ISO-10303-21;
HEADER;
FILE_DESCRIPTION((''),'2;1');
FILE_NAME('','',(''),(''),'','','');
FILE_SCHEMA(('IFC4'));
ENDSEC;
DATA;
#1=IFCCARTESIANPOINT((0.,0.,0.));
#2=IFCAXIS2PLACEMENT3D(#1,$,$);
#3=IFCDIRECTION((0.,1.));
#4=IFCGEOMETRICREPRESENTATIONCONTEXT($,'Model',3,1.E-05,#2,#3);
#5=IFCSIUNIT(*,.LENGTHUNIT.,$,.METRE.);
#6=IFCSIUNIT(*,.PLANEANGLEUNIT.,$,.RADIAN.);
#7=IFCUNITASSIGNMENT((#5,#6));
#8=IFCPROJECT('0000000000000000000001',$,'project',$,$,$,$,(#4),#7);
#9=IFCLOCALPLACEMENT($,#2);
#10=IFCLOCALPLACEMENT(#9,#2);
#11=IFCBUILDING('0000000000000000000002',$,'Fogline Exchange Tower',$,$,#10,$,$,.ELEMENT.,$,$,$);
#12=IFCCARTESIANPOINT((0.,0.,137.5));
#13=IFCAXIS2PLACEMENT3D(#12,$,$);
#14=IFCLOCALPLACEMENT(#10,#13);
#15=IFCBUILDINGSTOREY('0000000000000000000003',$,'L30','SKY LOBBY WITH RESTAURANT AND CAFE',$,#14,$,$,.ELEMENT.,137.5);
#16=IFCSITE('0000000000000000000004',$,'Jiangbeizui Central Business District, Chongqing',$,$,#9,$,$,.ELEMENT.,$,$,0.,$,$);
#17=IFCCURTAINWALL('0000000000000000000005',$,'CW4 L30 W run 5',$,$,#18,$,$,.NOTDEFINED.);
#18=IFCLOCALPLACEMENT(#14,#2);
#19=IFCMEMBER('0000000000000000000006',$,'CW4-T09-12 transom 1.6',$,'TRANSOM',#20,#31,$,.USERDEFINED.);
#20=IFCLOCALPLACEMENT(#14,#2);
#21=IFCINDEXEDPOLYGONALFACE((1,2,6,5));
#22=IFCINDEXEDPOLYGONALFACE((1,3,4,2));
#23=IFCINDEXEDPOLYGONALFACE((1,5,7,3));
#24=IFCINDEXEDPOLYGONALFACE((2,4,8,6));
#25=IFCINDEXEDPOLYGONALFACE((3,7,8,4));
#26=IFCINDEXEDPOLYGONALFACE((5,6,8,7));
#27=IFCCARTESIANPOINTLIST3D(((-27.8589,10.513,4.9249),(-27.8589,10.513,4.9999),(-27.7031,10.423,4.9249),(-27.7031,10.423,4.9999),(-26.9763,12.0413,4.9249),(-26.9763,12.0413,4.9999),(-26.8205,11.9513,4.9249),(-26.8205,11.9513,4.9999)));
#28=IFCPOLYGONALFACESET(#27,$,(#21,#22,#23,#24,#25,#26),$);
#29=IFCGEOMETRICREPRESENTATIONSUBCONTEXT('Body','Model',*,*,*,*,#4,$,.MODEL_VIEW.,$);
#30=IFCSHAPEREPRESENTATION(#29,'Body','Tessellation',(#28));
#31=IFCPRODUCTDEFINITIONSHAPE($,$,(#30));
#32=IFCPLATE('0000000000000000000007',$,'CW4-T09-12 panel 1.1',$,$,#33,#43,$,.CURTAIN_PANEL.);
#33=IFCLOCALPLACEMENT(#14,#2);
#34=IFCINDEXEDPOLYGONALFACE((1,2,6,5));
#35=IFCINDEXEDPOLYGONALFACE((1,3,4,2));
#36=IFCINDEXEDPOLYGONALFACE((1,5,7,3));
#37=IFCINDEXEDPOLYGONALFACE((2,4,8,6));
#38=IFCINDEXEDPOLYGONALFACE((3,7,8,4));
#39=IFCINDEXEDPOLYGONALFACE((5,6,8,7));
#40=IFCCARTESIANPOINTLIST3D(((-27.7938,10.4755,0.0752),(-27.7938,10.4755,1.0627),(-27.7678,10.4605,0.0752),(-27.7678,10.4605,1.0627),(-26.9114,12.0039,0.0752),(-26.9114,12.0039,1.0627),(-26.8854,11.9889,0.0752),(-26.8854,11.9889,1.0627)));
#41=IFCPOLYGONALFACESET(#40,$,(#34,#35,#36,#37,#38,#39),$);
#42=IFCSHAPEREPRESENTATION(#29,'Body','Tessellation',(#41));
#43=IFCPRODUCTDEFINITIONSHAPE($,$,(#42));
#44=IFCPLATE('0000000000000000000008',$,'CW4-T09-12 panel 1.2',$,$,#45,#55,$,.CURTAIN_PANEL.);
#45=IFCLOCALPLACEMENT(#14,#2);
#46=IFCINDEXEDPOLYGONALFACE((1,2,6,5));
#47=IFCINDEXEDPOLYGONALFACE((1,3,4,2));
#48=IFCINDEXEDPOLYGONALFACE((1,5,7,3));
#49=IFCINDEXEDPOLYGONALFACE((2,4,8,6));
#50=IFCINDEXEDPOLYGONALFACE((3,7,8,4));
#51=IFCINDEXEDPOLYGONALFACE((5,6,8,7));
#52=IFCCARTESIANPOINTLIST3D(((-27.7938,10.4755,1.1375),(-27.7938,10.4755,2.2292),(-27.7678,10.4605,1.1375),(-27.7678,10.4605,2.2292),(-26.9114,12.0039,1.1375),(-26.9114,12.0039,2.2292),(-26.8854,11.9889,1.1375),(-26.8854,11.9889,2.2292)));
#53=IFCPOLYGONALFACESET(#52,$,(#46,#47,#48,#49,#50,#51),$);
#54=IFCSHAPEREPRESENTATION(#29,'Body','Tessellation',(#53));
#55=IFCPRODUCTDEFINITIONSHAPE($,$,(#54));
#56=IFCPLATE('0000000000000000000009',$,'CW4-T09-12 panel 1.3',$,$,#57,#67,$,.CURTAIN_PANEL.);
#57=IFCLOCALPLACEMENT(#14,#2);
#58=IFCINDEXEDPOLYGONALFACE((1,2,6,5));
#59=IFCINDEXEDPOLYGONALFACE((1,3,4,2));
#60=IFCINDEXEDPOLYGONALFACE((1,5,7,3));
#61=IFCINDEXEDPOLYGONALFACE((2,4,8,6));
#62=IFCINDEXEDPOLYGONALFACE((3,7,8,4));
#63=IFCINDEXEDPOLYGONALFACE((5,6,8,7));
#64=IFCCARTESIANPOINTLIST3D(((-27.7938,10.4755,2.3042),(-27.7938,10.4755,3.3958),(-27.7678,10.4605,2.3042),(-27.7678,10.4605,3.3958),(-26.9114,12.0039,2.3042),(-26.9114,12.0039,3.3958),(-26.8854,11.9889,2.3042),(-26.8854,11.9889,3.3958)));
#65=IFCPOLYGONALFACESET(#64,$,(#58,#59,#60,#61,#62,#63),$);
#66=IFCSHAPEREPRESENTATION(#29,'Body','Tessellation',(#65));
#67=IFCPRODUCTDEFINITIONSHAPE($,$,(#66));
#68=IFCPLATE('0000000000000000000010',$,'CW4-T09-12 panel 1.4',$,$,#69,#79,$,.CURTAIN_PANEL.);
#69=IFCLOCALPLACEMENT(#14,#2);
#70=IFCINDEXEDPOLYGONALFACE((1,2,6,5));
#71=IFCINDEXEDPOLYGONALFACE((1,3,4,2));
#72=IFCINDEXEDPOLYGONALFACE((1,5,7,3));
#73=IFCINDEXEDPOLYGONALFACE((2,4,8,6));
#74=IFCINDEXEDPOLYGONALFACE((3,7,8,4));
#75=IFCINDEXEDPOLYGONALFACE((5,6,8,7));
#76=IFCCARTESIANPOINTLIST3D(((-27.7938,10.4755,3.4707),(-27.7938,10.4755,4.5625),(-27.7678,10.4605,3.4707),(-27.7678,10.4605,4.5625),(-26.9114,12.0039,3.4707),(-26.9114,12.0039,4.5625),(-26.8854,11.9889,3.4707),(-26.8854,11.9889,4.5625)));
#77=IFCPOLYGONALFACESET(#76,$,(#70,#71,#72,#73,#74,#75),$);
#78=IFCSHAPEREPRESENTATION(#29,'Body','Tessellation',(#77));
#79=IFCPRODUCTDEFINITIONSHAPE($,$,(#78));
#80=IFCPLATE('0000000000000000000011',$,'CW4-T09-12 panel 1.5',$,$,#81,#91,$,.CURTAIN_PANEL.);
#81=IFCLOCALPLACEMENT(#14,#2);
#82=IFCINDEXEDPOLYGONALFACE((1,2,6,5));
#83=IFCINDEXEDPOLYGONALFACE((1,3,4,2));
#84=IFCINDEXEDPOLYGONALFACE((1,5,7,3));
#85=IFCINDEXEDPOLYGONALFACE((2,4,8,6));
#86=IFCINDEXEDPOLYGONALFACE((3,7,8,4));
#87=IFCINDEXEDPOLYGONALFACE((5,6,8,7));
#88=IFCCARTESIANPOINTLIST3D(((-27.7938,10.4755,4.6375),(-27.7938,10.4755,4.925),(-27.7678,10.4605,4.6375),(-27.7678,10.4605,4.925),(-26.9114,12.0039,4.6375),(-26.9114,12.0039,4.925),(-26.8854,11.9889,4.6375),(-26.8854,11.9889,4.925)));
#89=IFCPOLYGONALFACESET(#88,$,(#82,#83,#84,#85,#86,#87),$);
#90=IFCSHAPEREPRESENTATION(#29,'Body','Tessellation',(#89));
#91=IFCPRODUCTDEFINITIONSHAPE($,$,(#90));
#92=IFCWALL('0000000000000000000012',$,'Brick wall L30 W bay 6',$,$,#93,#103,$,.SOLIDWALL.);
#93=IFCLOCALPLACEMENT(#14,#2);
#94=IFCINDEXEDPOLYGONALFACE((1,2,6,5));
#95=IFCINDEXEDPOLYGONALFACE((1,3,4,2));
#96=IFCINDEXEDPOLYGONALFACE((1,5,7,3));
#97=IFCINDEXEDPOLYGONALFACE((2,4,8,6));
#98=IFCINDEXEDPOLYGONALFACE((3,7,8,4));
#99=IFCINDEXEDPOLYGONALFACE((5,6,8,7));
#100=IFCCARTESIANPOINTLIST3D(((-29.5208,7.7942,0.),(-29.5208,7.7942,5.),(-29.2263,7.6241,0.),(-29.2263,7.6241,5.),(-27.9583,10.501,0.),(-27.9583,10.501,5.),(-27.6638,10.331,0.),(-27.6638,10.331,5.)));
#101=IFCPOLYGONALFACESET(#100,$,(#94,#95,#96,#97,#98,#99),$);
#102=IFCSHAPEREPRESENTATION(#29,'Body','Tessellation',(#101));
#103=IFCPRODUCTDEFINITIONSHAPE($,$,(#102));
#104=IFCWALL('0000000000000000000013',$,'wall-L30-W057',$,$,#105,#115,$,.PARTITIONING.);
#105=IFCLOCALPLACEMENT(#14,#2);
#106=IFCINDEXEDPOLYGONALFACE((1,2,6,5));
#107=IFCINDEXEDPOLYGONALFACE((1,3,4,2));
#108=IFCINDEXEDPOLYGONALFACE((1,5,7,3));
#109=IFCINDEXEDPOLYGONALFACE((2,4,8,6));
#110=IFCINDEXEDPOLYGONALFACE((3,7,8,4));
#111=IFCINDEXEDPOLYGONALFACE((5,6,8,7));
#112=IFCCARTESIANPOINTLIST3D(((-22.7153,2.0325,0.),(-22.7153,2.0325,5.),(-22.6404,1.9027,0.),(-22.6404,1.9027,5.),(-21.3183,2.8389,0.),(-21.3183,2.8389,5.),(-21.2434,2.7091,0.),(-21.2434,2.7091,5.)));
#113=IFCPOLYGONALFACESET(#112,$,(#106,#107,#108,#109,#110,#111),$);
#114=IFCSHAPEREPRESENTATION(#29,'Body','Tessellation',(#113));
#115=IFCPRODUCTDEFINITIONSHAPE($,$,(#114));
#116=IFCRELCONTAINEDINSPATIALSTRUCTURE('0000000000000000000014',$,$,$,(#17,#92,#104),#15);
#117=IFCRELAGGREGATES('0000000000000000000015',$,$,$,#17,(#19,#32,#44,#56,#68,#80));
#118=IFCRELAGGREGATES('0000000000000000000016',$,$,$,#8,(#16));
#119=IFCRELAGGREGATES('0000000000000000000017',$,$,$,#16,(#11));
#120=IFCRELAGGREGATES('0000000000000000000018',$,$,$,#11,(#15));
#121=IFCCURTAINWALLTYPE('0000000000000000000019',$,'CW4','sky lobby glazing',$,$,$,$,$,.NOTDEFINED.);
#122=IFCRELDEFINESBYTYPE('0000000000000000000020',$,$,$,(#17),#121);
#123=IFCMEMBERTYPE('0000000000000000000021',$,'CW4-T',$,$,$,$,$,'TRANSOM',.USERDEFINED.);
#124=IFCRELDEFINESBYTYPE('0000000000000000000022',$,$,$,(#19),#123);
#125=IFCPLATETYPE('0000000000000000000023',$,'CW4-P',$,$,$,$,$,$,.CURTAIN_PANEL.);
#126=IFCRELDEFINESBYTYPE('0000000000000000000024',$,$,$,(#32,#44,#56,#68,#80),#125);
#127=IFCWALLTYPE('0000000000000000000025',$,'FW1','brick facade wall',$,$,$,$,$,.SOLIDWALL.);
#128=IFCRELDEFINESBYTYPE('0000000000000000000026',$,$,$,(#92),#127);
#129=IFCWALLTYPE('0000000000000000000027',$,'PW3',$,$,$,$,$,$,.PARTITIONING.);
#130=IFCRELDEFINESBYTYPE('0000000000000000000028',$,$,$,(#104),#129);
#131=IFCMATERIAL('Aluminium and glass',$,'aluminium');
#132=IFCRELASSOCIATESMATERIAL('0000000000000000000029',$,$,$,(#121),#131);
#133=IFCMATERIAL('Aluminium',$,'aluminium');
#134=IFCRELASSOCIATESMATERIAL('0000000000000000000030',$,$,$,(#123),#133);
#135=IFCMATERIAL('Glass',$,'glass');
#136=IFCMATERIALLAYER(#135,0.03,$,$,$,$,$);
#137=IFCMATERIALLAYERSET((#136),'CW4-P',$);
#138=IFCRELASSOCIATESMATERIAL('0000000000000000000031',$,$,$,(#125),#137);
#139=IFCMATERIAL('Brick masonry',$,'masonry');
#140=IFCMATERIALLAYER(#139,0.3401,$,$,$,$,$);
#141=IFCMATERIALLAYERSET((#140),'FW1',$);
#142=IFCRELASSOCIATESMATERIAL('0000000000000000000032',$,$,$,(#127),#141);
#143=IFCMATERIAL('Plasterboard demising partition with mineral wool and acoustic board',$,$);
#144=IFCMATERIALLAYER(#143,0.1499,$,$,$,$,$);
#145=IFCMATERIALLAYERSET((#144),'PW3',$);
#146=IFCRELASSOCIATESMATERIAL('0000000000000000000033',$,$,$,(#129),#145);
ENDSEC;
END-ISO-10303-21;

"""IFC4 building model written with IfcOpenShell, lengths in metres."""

from ifc_helpers import new_model, si_unit, direction, frame, frame_2d, origin, origin_2d, place, context, subcontext, project, spatial, rectangle, extrude, material, layer, layer_set, material_profile, profile_set, type_object, element, aggregate, save


model = new_model("IFC4")

# Units and contexts
model_context = context("Model", 3, precision=1e-05, world=origin(), true_north=direction((0.0, 1.0)))
body_context = subcontext(model_context, "Body", "Model", "MODEL_VIEW")
ifc_project = project(units=[si_unit("LENGTHUNIT", "METRE"), si_unit("PLANEANGLEUNIT", "RADIAN")], contexts=[model_context])

# Site, building, storey
site_placement = place(None, origin())
site = spatial("IfcSite", under=ifc_project, at=site_placement, Name="Jiangbeizui Central Business District, Chongqing", CompositionType="ELEMENT", RefElevation=0.0)
building_placement = place(site_placement, origin())
building = spatial("IfcBuilding", under=site, at=building_placement, Name="Fogline Exchange Tower", CompositionType="ELEMENT")
storey_placement = place(building_placement, frame((0.0, 0.0, 137.5)))
storey = spatial("IfcBuildingStorey", under=building, at=storey_placement, Name="L30", Description="SKY LOBBY WITH RESTAURANT AND CAFE", CompositionType="ELEMENT", Elevation=137.5)

# Curtain wall, member, plates
ifc_material_1 = material(Name="Aluminium and glass", Category="aluminium")
curtain_wall_type = type_object("IfcCurtainWallType", Name="CW4", Description="sky lobby glazing", PredefinedType="NOTDEFINED", material=ifc_material_1)
curtain_wall_placement = place(storey_placement, origin())
curtain_wall = element("IfcCurtainWall", 1, at=curtain_wall_placement, inside=storey, type_object=curtain_wall_type, Name="CW4 L30 W run 5", PredefinedType="NOTDEFINED")
ifc_material_2 = material(Name="Aluminium", Category="aluminium")
ifc_material_profile_1 = material_profile(ifc_material_2, rectangle(XDim=0.1799, YDim=0.075, at=origin_2d()), Name="Transom 75x180")
ifc_profile_set_1 = profile_set([ifc_material_profile_1], Name="Aluminium")
member_type_1 = type_object("IfcMemberType", Name="CW4-T", ElementType="TRANSOM", PredefinedType="USERDEFINED", material=ifc_profile_set_1)
member_1_placement = place(storey_placement, frame((-26.8984, 11.9963, 4.9624), z_axis=(-0.500082, -0.865978, 0.0), x_axis=(0.865978, -0.500082, 0.0)))
member_1 = element("IfcMember", 2, at=member_1_placement, type_object=member_type_1, Name="CW4-T09-12 transom 1.6", ObjectType="TRANSOM", PredefinedType="USERDEFINED", context=body_context, shape_type="SweptSolid", body=[
    extrude(rectangle(XDim=0.1799, YDim=0.075, at=origin_2d()), origin(), (0.0, 0.0, 1.0), 1.7649),
])
ifc_material_3 = material(Name="Glass", Category="glass")
ifc_layer_1 = layer(ifc_material_3, 0.03)
ifc_layer_set_1 = layer_set([ifc_layer_1], Name="CW4-P")
plate_type = type_object("IfcPlateType", Name="CW4-P", PredefinedType="CURTAIN_PANEL", material=ifc_layer_set_1)
plate_1_placement = place(storey_placement, frame((-27.3396, 11.2322, 0.0752), z_axis=(0.0, 0.0, 1.0), x_axis=(-0.500002, -0.866024, 0.0)))
plate_1 = element("IfcPlate", 3, at=plate_1_placement, type_object=plate_type, Name="CW4-T09-12 panel 1.1", PredefinedType="CURTAIN_PANEL", context=body_context, shape_type="SweptSolid", body=[
    extrude(rectangle(XDim=1.7649, YDim=0.03, at=origin_2d()), origin(), (0.0, 0.0, 1.0), 0.9875),
])
plate_2_placement = place(storey_placement, frame((-27.3396, 11.2322, 1.1375), z_axis=(0.0, 0.0, 1.0), x_axis=(-0.500002, -0.866024, 0.0)))
plate_2 = element("IfcPlate", 4, at=plate_2_placement, type_object=plate_type, Name="CW4-T09-12 panel 1.2", PredefinedType="CURTAIN_PANEL", context=body_context, shape_type="SweptSolid", body=[
    extrude(rectangle(XDim=1.7649, YDim=0.03, at=origin_2d()), origin(), (0.0, 0.0, 1.0), 1.0918),
])
plate_3_placement = place(storey_placement, frame((-27.3396, 11.2322, 2.3042), z_axis=(0.0, 0.0, 1.0), x_axis=(-0.500002, -0.866024, 0.0)))
plate_3 = element("IfcPlate", 5, at=plate_3_placement, type_object=plate_type, Name="CW4-T09-12 panel 1.3", PredefinedType="CURTAIN_PANEL", context=body_context, shape_type="SweptSolid", body=[
    extrude(rectangle(XDim=1.7649, YDim=0.03, at=origin_2d()), origin(), (0.0, 0.0, 1.0), 1.0916),
])
plate_4_placement = place(storey_placement, frame((-27.3396, 11.2322, 3.4707), z_axis=(0.0, 0.0, 1.0), x_axis=(-0.500002, -0.866024, 0.0)))
plate_4 = element("IfcPlate", 6, at=plate_4_placement, type_object=plate_type, Name="CW4-T09-12 panel 1.4", PredefinedType="CURTAIN_PANEL", context=body_context, shape_type="SweptSolid", body=[
    extrude(rectangle(XDim=1.7649, YDim=0.03, at=origin_2d()), origin(), (0.0, 0.0, 1.0), 1.0918),
])
plate_5_placement = place(storey_placement, frame((-27.3396, 11.2322, 4.6375), z_axis=(0.0, 0.0, 1.0), x_axis=(-0.500002, -0.866024, 0.0)))
plate_5 = element("IfcPlate", 7, at=plate_5_placement, type_object=plate_type, Name="CW4-T09-12 panel 1.5", PredefinedType="CURTAIN_PANEL", context=body_context, shape_type="SweptSolid", body=[
    extrude(rectangle(XDim=1.7649, YDim=0.03, at=origin_2d()), origin(), (0.0, 0.0, 1.0), 0.2876),
])
aggregate(curtain_wall, [member_1, plate_1, plate_2, plate_3, plate_4, plate_5])

# Shared definitions
ifc_material_4 = material(Name="Brick masonry", Category="masonry")
ifc_layer_2 = layer(ifc_material_4, 0.3401)
ifc_layer_set_2 = layer_set([ifc_layer_2], Name="FW1")
wall_type_1 = type_object("IfcWallType", Name="FW1", Description="brick facade wall", PredefinedType="SOLIDWALL", material=ifc_layer_set_2)

# Walls
wall_1_placement = place(storey_placement, frame((-27.811, 10.416, 0.0), z_axis=(0.0, 0.0, 1.0), x_axis=(-0.499937, -0.866062, 0.0)))
element("IfcWall", 8, at=wall_1_placement, inside=storey, type_object=wall_type_1, Name="Brick wall L30 W bay 6", PredefinedType="SOLIDWALL", context=body_context, shape_type="SweptSolid", body=[
    extrude(rectangle(XDim=3.1255, YDim=0.3401, at=frame_2d((1.5627, 0.0))), origin(), (0.0, 0.0, 1.0), 5.0),
])
ifc_material_5 = material(Name="Plasterboard demising partition with mineral wool and acoustic board")
ifc_layer_3 = layer(ifc_material_5, 0.1499)
ifc_layer_set_3 = layer_set([ifc_layer_3], Name="PW3")
wall_type_2 = type_object("IfcWallType", Name="PW3", PredefinedType="PARTITIONING", material=ifc_layer_set_3)
wall_2_placement = place(storey_placement, frame((-22.678, 1.9675, 0.0), z_axis=(0.0, 0.0, 1.0), x_axis=(0.866065, 0.499932, 0.0)))
element("IfcWall", 9, at=wall_2_placement, inside=storey, type_object=wall_type_2, Name="wall-L30-W057", PredefinedType="PARTITIONING", context=body_context, shape_type="SweptSolid", body=[
    extrude(rectangle(XDim=1.613, YDim=0.1499, at=frame_2d((0.8066, 0.0))), origin(), (0.0, 0.0, 1.0), 5.0),
])

save(model, "model.ifc")
